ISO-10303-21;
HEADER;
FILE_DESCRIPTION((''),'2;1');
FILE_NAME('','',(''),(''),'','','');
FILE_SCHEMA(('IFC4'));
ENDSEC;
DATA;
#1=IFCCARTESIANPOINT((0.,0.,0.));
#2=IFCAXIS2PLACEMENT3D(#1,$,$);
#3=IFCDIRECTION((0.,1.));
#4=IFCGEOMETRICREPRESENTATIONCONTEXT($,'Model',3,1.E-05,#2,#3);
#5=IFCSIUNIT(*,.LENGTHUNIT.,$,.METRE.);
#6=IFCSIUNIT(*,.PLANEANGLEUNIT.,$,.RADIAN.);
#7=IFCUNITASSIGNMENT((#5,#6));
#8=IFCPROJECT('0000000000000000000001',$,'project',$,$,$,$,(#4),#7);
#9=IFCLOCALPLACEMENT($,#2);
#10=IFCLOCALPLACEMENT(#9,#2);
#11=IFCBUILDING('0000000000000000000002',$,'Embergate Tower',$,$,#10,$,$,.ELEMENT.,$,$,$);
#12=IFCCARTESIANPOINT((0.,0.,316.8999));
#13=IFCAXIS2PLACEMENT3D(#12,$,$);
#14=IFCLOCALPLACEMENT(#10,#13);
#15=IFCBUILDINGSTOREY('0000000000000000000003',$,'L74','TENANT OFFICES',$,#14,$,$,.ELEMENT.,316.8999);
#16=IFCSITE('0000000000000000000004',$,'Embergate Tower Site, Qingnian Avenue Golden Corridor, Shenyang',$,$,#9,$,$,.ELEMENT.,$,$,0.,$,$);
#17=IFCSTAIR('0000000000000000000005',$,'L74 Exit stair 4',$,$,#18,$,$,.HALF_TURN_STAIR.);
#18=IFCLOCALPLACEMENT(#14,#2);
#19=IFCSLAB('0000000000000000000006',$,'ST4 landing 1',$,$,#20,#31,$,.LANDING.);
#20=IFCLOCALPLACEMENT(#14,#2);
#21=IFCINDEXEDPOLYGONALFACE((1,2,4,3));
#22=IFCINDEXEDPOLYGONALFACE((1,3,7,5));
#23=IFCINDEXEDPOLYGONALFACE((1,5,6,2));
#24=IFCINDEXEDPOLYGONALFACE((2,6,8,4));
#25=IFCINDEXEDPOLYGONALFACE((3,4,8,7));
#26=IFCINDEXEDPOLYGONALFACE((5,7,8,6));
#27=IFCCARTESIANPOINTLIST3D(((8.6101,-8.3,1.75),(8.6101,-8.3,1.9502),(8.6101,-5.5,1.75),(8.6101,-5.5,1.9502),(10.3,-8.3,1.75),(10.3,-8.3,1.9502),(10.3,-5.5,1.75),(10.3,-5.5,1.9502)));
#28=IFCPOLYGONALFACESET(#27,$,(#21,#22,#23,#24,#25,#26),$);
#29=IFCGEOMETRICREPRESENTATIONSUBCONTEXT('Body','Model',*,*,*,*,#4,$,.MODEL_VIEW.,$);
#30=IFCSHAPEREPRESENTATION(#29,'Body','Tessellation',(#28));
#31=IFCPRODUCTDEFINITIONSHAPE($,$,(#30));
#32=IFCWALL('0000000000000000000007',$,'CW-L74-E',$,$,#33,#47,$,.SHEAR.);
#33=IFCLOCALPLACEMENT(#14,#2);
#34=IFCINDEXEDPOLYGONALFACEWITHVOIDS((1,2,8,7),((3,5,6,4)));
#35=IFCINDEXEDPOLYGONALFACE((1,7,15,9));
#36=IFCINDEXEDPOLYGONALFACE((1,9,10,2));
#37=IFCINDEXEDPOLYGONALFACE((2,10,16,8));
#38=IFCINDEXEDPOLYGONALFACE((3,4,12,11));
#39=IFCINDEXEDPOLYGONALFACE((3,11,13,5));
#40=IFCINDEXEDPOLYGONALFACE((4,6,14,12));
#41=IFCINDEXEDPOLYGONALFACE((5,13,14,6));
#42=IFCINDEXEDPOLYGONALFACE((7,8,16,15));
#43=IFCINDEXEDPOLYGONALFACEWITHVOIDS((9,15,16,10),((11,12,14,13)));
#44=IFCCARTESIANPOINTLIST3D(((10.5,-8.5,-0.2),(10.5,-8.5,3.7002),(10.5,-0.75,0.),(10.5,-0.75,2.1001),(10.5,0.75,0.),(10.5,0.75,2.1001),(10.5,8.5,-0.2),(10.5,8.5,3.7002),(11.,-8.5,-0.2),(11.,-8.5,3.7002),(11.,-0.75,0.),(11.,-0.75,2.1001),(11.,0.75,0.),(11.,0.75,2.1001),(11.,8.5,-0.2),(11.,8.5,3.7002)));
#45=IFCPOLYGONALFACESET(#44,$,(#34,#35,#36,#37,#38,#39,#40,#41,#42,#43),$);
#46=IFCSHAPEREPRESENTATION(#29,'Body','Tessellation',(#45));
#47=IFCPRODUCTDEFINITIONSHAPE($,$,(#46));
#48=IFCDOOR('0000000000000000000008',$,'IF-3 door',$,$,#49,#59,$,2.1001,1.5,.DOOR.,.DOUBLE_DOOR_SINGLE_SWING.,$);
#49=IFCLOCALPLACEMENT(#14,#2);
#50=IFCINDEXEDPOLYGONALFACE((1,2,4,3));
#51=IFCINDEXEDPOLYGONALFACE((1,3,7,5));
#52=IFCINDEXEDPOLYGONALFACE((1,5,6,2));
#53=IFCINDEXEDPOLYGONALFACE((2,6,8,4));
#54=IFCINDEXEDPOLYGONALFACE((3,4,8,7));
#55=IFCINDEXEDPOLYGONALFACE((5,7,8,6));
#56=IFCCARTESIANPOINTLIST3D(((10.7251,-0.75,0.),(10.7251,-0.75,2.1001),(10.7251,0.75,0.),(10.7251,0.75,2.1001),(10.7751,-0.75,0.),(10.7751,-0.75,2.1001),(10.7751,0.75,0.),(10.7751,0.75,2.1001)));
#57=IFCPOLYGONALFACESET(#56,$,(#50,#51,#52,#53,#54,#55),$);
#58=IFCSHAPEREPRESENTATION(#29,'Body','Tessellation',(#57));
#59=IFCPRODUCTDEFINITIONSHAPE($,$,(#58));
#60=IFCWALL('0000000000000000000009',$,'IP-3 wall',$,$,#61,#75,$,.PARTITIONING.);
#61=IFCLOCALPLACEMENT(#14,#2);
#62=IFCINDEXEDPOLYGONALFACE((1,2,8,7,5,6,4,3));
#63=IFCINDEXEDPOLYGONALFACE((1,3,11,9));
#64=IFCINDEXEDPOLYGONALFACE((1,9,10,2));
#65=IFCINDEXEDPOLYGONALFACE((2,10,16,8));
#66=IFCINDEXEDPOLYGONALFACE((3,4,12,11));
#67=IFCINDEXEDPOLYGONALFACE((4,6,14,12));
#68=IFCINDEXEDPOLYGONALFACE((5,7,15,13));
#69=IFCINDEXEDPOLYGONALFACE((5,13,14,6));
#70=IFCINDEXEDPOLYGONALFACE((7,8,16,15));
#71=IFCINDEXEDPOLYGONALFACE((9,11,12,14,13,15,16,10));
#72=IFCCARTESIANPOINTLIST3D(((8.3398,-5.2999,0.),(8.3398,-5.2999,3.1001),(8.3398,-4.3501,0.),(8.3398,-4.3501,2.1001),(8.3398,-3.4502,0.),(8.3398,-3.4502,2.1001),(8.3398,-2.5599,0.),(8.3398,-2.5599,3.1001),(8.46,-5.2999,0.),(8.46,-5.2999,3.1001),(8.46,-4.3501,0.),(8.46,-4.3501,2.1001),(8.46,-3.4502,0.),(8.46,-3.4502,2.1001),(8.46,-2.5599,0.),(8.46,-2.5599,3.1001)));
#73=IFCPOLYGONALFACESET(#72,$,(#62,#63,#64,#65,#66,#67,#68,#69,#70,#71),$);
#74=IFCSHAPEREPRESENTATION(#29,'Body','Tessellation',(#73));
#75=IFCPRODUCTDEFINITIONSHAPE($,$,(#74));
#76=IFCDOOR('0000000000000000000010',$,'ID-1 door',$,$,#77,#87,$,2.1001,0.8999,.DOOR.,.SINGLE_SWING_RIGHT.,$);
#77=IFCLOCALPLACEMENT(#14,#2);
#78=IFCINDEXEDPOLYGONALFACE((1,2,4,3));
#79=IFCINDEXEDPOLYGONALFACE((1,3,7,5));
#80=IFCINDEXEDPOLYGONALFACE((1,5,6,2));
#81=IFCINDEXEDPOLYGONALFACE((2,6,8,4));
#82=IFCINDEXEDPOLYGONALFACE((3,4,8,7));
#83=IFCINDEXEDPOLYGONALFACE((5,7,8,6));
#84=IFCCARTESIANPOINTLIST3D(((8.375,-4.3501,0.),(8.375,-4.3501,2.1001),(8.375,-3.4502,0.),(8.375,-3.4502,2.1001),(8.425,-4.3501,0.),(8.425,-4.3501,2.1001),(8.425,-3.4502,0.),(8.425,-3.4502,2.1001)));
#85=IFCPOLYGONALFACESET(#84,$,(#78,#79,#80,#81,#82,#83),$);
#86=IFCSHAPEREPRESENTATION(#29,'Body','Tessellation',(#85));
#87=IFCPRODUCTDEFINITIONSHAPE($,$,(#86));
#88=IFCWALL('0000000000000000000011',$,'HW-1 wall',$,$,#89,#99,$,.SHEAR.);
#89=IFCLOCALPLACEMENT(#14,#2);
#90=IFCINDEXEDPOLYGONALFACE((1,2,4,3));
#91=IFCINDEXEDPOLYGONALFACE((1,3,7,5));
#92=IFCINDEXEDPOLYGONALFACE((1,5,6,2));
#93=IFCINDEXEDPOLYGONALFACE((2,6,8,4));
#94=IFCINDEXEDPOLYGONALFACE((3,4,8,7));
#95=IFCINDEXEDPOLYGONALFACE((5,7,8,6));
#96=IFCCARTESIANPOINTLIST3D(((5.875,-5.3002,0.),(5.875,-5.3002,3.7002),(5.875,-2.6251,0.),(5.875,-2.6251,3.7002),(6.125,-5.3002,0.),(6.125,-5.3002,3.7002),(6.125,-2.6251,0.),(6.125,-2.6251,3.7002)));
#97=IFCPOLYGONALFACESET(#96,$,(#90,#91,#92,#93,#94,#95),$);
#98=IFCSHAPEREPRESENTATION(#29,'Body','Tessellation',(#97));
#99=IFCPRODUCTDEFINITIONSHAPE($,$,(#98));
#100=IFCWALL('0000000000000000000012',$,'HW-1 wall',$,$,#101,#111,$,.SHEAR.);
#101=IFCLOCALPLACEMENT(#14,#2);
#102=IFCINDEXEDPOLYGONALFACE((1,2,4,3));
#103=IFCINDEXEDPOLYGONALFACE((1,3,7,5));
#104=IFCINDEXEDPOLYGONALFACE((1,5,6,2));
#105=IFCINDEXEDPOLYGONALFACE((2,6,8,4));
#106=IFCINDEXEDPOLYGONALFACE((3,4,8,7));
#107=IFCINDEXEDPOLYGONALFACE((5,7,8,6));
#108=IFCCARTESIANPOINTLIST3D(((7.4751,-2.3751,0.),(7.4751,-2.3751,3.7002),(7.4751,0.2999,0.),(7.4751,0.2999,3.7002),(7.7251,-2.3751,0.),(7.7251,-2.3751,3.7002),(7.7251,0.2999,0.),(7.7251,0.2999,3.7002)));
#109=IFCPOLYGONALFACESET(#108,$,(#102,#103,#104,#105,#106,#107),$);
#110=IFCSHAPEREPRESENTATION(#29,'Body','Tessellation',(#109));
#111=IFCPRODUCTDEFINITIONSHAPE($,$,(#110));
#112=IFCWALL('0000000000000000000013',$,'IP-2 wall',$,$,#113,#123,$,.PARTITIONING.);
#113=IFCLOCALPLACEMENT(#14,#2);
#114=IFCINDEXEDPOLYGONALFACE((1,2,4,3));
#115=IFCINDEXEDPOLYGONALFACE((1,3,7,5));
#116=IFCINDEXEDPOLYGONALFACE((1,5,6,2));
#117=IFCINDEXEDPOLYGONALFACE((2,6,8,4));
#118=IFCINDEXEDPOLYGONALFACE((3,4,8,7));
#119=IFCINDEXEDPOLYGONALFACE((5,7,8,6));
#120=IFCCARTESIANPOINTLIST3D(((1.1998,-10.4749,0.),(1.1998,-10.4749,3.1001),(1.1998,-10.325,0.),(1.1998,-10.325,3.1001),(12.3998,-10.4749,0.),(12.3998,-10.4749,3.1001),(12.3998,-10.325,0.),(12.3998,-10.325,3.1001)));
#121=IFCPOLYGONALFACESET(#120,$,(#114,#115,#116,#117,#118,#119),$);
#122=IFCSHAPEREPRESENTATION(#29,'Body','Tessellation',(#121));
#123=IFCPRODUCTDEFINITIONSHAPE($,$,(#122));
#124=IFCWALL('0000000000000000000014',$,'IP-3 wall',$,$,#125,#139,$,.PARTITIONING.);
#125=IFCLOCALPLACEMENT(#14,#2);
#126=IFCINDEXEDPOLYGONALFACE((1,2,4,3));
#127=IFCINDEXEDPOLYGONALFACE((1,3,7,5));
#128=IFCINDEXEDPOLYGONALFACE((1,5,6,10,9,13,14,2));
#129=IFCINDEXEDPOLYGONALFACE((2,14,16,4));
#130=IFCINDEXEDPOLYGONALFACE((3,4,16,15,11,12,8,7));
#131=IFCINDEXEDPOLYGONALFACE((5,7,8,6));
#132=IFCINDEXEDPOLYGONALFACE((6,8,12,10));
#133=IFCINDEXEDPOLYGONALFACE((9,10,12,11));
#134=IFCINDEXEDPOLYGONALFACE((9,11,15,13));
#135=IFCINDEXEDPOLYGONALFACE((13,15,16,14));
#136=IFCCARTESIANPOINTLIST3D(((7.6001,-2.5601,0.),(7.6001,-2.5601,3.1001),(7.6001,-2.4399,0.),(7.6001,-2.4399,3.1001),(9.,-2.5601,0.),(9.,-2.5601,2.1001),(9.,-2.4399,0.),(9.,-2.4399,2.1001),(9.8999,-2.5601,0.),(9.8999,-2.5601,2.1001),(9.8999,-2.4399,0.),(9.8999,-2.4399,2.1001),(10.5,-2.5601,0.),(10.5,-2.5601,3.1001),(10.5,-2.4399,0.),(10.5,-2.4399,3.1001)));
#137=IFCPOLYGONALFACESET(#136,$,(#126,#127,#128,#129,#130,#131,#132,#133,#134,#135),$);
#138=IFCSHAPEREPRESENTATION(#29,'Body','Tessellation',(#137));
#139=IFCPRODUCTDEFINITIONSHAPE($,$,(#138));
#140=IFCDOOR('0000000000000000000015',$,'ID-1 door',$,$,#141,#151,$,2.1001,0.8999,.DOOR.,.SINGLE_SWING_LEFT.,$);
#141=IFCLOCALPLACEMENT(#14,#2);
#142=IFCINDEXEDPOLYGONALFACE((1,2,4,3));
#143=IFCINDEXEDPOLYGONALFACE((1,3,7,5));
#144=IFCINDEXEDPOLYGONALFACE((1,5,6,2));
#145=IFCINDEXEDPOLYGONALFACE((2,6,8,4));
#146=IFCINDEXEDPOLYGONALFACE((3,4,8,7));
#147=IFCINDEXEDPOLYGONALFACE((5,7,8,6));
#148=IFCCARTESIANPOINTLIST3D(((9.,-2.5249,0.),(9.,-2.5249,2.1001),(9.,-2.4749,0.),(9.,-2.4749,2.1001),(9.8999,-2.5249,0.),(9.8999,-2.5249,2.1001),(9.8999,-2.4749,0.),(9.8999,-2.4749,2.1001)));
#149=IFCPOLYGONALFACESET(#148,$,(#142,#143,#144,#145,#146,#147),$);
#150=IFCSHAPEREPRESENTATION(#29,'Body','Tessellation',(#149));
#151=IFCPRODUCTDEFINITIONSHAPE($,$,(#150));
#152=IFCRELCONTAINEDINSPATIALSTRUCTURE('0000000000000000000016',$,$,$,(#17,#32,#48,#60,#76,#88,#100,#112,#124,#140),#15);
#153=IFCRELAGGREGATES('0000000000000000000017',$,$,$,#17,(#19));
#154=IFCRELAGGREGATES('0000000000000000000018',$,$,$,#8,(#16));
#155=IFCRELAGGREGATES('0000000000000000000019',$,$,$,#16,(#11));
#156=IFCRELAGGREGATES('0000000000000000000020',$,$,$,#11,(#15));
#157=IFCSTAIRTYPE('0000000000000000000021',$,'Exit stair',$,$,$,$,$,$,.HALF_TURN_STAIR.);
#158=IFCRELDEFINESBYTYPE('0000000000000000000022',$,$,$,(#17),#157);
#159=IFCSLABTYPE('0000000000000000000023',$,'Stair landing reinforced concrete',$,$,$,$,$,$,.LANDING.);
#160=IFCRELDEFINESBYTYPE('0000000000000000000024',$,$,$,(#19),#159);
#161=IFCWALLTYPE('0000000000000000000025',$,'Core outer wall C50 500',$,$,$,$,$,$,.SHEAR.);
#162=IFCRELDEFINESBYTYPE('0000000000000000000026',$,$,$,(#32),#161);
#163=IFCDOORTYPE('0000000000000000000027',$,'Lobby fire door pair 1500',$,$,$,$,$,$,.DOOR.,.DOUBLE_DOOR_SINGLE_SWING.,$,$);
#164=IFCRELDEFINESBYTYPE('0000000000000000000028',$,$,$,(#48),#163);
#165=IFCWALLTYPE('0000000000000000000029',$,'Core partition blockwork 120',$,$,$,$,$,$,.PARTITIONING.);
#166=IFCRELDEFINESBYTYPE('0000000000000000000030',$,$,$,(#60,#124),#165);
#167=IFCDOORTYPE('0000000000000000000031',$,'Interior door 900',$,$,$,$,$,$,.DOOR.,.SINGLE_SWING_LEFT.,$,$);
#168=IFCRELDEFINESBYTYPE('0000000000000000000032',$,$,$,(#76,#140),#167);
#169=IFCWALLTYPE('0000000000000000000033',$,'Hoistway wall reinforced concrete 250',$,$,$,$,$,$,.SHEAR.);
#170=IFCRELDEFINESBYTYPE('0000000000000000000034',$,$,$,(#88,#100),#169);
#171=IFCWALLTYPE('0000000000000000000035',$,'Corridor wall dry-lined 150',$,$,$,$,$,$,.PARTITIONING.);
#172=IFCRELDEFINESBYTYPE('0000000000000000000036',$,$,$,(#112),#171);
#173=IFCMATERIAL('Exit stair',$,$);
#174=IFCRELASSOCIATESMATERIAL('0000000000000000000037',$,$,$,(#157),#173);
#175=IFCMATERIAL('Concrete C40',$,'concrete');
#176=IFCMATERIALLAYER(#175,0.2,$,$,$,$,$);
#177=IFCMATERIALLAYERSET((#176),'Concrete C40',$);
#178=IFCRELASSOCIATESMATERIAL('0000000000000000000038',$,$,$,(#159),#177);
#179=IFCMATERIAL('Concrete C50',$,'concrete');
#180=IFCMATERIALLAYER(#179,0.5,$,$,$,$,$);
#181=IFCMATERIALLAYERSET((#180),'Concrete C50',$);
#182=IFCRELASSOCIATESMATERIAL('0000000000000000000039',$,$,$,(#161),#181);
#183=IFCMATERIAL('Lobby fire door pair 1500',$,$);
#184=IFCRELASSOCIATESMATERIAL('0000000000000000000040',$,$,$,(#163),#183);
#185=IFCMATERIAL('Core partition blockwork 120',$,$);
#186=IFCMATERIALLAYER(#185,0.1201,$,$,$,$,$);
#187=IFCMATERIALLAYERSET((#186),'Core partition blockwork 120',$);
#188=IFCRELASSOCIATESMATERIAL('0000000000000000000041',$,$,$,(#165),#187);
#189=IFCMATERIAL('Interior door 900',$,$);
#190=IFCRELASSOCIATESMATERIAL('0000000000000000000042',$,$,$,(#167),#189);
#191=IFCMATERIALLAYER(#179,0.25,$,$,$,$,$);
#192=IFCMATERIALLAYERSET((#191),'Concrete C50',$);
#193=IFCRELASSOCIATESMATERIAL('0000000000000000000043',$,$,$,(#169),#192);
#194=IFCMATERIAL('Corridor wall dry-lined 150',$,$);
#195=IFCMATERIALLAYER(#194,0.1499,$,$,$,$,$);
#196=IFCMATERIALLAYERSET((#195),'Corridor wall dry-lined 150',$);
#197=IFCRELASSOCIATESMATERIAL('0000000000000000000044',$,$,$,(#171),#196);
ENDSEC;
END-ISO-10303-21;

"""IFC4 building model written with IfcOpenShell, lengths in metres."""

from ifc_helpers import new_model, si_unit, direction, frame, frame_2d, origin, place, context, subcontext, project, spatial, polyline, rectangle, outline, extrude, source, transform, mapped, material, layer, layer_set, type_object, element, fill, aggregate, save


model = new_model("IFC4")

# Units and contexts
model_context = context("Model", 3, precision=1e-05, world=origin(), true_north=direction((0.0, 1.0)))
body_context = subcontext(model_context, "Body", "Model", "MODEL_VIEW")
ifc_project = project(units=[si_unit("LENGTHUNIT", "METRE"), si_unit("PLANEANGLEUNIT", "RADIAN")], contexts=[model_context])

# Site, building, storey
site_placement = place(None, origin())
site = spatial("IfcSite", under=ifc_project, at=site_placement, Name="Embergate Tower Site, Qingnian Avenue Golden Corridor, Shenyang", CompositionType="ELEMENT", RefElevation=0.0)
building_placement = place(site_placement, origin())
building = spatial("IfcBuilding", under=site, at=building_placement, Name="Embergate Tower", CompositionType="ELEMENT")
storey_placement = place(building_placement, frame((0.0, 0.0, 316.8999)))
storey = spatial("IfcBuildingStorey", under=building, at=storey_placement, Name="L74", Description="TENANT OFFICES", CompositionType="ELEMENT", Elevation=316.8999)

# Stair, slab
ifc_material_1 = material(Name="Exit stair")
stair_type = type_object("IfcStairType", Name="Exit stair", PredefinedType="HALF_TURN_STAIR", material=ifc_material_1)
stair_placement = place(storey_placement, origin())
stair = element("IfcStair", 1, at=stair_placement, inside=storey, type_object=stair_type, Name="L74 Exit stair 4", PredefinedType="HALF_TURN_STAIR")
ifc_material_2 = material(Name="Concrete C40", Category="concrete")
ifc_layer_1 = layer(ifc_material_2, 0.2)
ifc_layer_set_1 = layer_set([ifc_layer_1], Name="Concrete C40")
slab_type = type_object("IfcSlabType", Name="Stair landing reinforced concrete", PredefinedType="LANDING", material=ifc_layer_set_1)
shared_shape_1 = source(origin(), body_context, "Body", "SweptSolid", [
    extrude(outline(polyline([(0.0, 0.0), (1.6899, 0.0), (1.6899, 2.8), (0.0, 2.8), (0.0, 0.0)])), origin(), (0.0, 0.0, 1.0), 0.2002),
])
slab_placement = place(storey_placement, frame((8.6101, -8.3, 1.75)))
slab = element("IfcSlab", 2, at=slab_placement, type_object=slab_type, Name="ST4 landing 1", PredefinedType="LANDING", context=body_context, shape_type="MappedRepresentation", body=[
    mapped(shared_shape_1, transform((0.0, 0.0, 0.0))),
])

# Walls, openings, doors
ifc_material_3 = material(Name="Concrete C50", Category="concrete")
ifc_layer_2 = layer(ifc_material_3, 0.5)
ifc_layer_set_2 = layer_set([ifc_layer_2], Name="Concrete C50")
wall_type_1 = type_object("IfcWallType", Name="Core outer wall C50 500", PredefinedType="SHEAR", material=ifc_layer_set_2)
shared_shape_2 = source(origin(), body_context, "Body", "SweptSolid", [
    extrude(rectangle(XDim=17.0, YDim=0.5, at=frame_2d((8.5, 0.0))), origin(), (0.0, 0.0, 1.0), 3.9001),
])
wall_1_placement = place(storey_placement, frame((10.75, -8.5, -0.2), z_axis=(0.0, 0.0, 1.0), x_axis=(0.0, 1.0, 0.0)))
wall_1 = element("IfcWall", 3, at=wall_1_placement, inside=storey, type_object=wall_type_1, Name="CW-L74-E", PredefinedType="SHEAR", context=body_context, shape_type="MappedRepresentation", body=[
    mapped(shared_shape_2, transform((0.0, 0.0, 0.0))),
])
shared_shape_3 = source(origin(), body_context, "Body", "SweptSolid", [
    extrude(rectangle(XDim=1.5, YDim=2.1001, at=frame_2d((0.75, 1.05))), frame((0.0, 0.26, 0.0), z_axis=(0.0, -1.0, 0.0), x_axis=(1.0, 0.0, 0.0)), (0.0, 0.0, 1.0), 0.52),
])
opening_1_placement = place(wall_1_placement, frame((7.75, 0.0, 0.2)))
opening_1 = element("IfcOpeningElement", 4, at=opening_1_placement, cuts=wall_1, PredefinedType="OPENING", context=body_context, shape_type="MappedRepresentation", body=[
    mapped(shared_shape_3, transform((0.0, 0.0, 0.0))),
])
ifc_material_4 = material(Name="Lobby fire door pair 1500")
door_type_1 = type_object("IfcDoorType", Name="Lobby fire door pair 1500", OperationType="DOUBLE_DOOR_SINGLE_SWING", PredefinedType="DOOR", material=ifc_material_4)
shared_shape_4 = source(origin(), body_context, "Body", "SweptSolid", [
    extrude(rectangle(XDim=1.5, YDim=2.1001, at=frame_2d((0.75, 1.05))), frame((0.0, 0.0249, 0.0), z_axis=(0.0, -1.0, 0.0), x_axis=(1.0, 0.0, 0.0)), (0.0, 0.0, 1.0), 0.05),
])
door_1_placement = place(opening_1_placement, origin())
door_1 = element("IfcDoor", 5, at=door_1_placement, inside=storey, type_object=door_type_1, Name="IF-3 door", OperationType="DOUBLE_DOOR_SINGLE_SWING", OverallHeight=2.1001, OverallWidth=1.5, PredefinedType="DOOR", context=body_context, shape_type="MappedRepresentation", body=[
    mapped(shared_shape_4, transform((0.0, 0.0, 0.0))),
])
fill(opening_1, door_1)
ifc_material_5 = material(Name="Core partition blockwork 120")
ifc_layer_3 = layer(ifc_material_5, 0.1201)
ifc_layer_set_3 = layer_set([ifc_layer_3], Name="Core partition blockwork 120")
wall_type_2 = type_object("IfcWallType", Name="Core partition blockwork 120", PredefinedType="PARTITIONING", material=ifc_layer_set_3)
shared_shape_5 = source(origin(), body_context, "Body", "SweptSolid", [
    extrude(rectangle(XDim=2.74, YDim=0.1201, at=frame_2d((1.3701, 0.0))), origin(), (0.0, 0.0, 1.0), 3.1001),
])
wall_2_placement = place(storey_placement, frame((8.3999, -5.3, 0.0), z_axis=(0.0, 0.0, 1.0), x_axis=(0.0, 1.0, 0.0)))
wall_2 = element("IfcWall", 6, at=wall_2_placement, inside=storey, type_object=wall_type_2, Name="IP-3 wall", PredefinedType="PARTITIONING", context=body_context, shape_type="MappedRepresentation", body=[
    mapped(shared_shape_5, transform((0.0, 0.0, 0.0))),
])
shared_shape_6 = source(origin(), body_context, "Body", "SweptSolid", [
    extrude(rectangle(XDim=0.8999, YDim=2.1001, at=frame_2d((0.45, 1.05))), frame((0.0, 0.0701, 0.0), z_axis=(0.0, -1.0, 0.0), x_axis=(1.0, 0.0, 0.0)), (0.0, 0.0, 1.0), 0.1401),
])
opening_2_placement = place(wall_2_placement, frame((0.95, 0.0, 0.0)))
opening_2 = element("IfcOpeningElement", 7, at=opening_2_placement, cuts=wall_2, PredefinedType="OPENING", context=body_context, shape_type="MappedRepresentation", body=[
    mapped(shared_shape_6, transform((0.0, 0.0, 0.0))),
])
ifc_material_6 = material(Name="Interior door 900")
door_type_2 = type_object("IfcDoorType", Name="Interior door 900", OperationType="SINGLE_SWING_LEFT", PredefinedType="DOOR", material=ifc_material_6)
shared_shape_7 = source(origin(), body_context, "Body", "SweptSolid", [
    extrude(rectangle(XDim=0.8999, YDim=2.1001, at=frame_2d((0.45, 1.05))), frame((0.0, 0.0249, 0.0), z_axis=(0.0, -1.0, 0.0), x_axis=(1.0, 0.0, 0.0)), (0.0, 0.0, 1.0), 0.05),
])
door_2_placement = place(opening_2_placement, origin())
door_2 = element("IfcDoor", 8, at=door_2_placement, inside=storey, type_object=door_type_2, Name="ID-1 door", OperationType="SINGLE_SWING_RIGHT", OverallHeight=2.1001, OverallWidth=0.8999, PredefinedType="DOOR", context=body_context, shape_type="MappedRepresentation", body=[
    mapped(shared_shape_7, transform((0.0, 0.0, 0.0))),
])
fill(opening_2, door_2)

# Walls
ifc_layer_4 = layer(ifc_material_3, 0.25)
ifc_layer_set_4 = layer_set([ifc_layer_4], Name="Concrete C50")
wall_type_3 = type_object("IfcWallType", Name="Hoistway wall reinforced concrete 250", PredefinedType="SHEAR", material=ifc_layer_set_4)
shared_shape_8 = source(origin(), body_context, "Body", "SweptSolid", [
    extrude(rectangle(XDim=2.675, YDim=0.25, at=frame_2d((1.3374, 0.0))), origin(), (0.0, 0.0, 1.0), 3.7002),
])
for number, where, z_axis, x_axis, name in (
    (9, (6.0, -5.3, 0.0), (0.0, 0.0, 1.0), (0.0, 1.0, 0.0), "HW-1 wall"),
    (10, (7.6001, -2.375, 0.0), (0.0, 0.0, 1.0), (0.0, 1.0, 0.0), "HW-1 wall"),
):
    element("IfcWall", number, at=place(storey_placement, frame(where, z_axis=z_axis, x_axis=x_axis)), inside=storey, type_object=wall_type_3, Name=name, PredefinedType="SHEAR", context=body_context, shape_type="MappedRepresentation", body=[
        mapped(shared_shape_8, transform((0.0, 0.0, 0.0))),
    ])
ifc_material_7 = material(Name="Corridor wall dry-lined 150")
ifc_layer_5 = layer(ifc_material_7, 0.1499)
ifc_layer_set_5 = layer_set([ifc_layer_5], Name="Corridor wall dry-lined 150")
wall_type_4 = type_object("IfcWallType", Name="Corridor wall dry-lined 150", PredefinedType="PARTITIONING", material=ifc_layer_set_5)
shared_shape_9 = source(origin(), body_context, "Body", "SweptSolid", [
    extrude(rectangle(XDim=11.2, YDim=0.1499, at=frame_2d((5.6001, 0.0))), origin(), (0.0, 0.0, 1.0), 3.1001),
])
wall_3_placement = place(storey_placement, frame((12.3999, -10.3999, 0.0), z_axis=(0.0, 0.0, 1.0), x_axis=(-1.0, 0.0, 0.0)))
element("IfcWall", 11, at=wall_3_placement, inside=storey, type_object=wall_type_4, Name="IP-2 wall", PredefinedType="PARTITIONING", context=body_context, shape_type="MappedRepresentation", body=[
    mapped(shared_shape_9, transform((0.0, 0.0, 0.0))),
])

# Wall, opening, door
shared_shape_10 = source(origin(), body_context, "Body", "SweptSolid", [
    extrude(rectangle(XDim=2.8999, YDim=0.1201, at=frame_2d((1.45, 0.0))), origin(), (0.0, 0.0, 1.0), 3.1001),
])
wall_4_placement = place(storey_placement, frame((10.5, -2.5, 0.0), z_axis=(0.0, 0.0, 1.0), x_axis=(-1.0, 0.0, 0.0)))
wall_4 = element("IfcWall", 12, at=wall_4_placement, inside=storey, type_object=wall_type_2, Name="IP-3 wall", PredefinedType="PARTITIONING", context=body_context, shape_type="MappedRepresentation", body=[
    mapped(shared_shape_10, transform((0.0, 0.0, 0.0))),
])
opening_3_placement = place(wall_4_placement, frame((0.6001, 0.0, 0.0)))
opening_3 = element("IfcOpeningElement", 13, at=opening_3_placement, cuts=wall_4, PredefinedType="OPENING", context=body_context, shape_type="MappedRepresentation", body=[
    mapped(shared_shape_6, transform((0.0, 0.0, 0.0))),
])
door_3_placement = place(opening_3_placement, origin())
door_3 = element("IfcDoor", 14, at=door_3_placement, inside=storey, type_object=door_type_2, Name="ID-1 door", OperationType="SINGLE_SWING_LEFT", OverallHeight=2.1001, OverallWidth=0.8999, PredefinedType="DOOR", context=body_context, shape_type="MappedRepresentation", body=[
    mapped(shared_shape_7, transform((0.0, 0.0, 0.0))),
])
fill(opening_3, door_3)

aggregate(stair, [slab])

save(model, "model.ifc")
